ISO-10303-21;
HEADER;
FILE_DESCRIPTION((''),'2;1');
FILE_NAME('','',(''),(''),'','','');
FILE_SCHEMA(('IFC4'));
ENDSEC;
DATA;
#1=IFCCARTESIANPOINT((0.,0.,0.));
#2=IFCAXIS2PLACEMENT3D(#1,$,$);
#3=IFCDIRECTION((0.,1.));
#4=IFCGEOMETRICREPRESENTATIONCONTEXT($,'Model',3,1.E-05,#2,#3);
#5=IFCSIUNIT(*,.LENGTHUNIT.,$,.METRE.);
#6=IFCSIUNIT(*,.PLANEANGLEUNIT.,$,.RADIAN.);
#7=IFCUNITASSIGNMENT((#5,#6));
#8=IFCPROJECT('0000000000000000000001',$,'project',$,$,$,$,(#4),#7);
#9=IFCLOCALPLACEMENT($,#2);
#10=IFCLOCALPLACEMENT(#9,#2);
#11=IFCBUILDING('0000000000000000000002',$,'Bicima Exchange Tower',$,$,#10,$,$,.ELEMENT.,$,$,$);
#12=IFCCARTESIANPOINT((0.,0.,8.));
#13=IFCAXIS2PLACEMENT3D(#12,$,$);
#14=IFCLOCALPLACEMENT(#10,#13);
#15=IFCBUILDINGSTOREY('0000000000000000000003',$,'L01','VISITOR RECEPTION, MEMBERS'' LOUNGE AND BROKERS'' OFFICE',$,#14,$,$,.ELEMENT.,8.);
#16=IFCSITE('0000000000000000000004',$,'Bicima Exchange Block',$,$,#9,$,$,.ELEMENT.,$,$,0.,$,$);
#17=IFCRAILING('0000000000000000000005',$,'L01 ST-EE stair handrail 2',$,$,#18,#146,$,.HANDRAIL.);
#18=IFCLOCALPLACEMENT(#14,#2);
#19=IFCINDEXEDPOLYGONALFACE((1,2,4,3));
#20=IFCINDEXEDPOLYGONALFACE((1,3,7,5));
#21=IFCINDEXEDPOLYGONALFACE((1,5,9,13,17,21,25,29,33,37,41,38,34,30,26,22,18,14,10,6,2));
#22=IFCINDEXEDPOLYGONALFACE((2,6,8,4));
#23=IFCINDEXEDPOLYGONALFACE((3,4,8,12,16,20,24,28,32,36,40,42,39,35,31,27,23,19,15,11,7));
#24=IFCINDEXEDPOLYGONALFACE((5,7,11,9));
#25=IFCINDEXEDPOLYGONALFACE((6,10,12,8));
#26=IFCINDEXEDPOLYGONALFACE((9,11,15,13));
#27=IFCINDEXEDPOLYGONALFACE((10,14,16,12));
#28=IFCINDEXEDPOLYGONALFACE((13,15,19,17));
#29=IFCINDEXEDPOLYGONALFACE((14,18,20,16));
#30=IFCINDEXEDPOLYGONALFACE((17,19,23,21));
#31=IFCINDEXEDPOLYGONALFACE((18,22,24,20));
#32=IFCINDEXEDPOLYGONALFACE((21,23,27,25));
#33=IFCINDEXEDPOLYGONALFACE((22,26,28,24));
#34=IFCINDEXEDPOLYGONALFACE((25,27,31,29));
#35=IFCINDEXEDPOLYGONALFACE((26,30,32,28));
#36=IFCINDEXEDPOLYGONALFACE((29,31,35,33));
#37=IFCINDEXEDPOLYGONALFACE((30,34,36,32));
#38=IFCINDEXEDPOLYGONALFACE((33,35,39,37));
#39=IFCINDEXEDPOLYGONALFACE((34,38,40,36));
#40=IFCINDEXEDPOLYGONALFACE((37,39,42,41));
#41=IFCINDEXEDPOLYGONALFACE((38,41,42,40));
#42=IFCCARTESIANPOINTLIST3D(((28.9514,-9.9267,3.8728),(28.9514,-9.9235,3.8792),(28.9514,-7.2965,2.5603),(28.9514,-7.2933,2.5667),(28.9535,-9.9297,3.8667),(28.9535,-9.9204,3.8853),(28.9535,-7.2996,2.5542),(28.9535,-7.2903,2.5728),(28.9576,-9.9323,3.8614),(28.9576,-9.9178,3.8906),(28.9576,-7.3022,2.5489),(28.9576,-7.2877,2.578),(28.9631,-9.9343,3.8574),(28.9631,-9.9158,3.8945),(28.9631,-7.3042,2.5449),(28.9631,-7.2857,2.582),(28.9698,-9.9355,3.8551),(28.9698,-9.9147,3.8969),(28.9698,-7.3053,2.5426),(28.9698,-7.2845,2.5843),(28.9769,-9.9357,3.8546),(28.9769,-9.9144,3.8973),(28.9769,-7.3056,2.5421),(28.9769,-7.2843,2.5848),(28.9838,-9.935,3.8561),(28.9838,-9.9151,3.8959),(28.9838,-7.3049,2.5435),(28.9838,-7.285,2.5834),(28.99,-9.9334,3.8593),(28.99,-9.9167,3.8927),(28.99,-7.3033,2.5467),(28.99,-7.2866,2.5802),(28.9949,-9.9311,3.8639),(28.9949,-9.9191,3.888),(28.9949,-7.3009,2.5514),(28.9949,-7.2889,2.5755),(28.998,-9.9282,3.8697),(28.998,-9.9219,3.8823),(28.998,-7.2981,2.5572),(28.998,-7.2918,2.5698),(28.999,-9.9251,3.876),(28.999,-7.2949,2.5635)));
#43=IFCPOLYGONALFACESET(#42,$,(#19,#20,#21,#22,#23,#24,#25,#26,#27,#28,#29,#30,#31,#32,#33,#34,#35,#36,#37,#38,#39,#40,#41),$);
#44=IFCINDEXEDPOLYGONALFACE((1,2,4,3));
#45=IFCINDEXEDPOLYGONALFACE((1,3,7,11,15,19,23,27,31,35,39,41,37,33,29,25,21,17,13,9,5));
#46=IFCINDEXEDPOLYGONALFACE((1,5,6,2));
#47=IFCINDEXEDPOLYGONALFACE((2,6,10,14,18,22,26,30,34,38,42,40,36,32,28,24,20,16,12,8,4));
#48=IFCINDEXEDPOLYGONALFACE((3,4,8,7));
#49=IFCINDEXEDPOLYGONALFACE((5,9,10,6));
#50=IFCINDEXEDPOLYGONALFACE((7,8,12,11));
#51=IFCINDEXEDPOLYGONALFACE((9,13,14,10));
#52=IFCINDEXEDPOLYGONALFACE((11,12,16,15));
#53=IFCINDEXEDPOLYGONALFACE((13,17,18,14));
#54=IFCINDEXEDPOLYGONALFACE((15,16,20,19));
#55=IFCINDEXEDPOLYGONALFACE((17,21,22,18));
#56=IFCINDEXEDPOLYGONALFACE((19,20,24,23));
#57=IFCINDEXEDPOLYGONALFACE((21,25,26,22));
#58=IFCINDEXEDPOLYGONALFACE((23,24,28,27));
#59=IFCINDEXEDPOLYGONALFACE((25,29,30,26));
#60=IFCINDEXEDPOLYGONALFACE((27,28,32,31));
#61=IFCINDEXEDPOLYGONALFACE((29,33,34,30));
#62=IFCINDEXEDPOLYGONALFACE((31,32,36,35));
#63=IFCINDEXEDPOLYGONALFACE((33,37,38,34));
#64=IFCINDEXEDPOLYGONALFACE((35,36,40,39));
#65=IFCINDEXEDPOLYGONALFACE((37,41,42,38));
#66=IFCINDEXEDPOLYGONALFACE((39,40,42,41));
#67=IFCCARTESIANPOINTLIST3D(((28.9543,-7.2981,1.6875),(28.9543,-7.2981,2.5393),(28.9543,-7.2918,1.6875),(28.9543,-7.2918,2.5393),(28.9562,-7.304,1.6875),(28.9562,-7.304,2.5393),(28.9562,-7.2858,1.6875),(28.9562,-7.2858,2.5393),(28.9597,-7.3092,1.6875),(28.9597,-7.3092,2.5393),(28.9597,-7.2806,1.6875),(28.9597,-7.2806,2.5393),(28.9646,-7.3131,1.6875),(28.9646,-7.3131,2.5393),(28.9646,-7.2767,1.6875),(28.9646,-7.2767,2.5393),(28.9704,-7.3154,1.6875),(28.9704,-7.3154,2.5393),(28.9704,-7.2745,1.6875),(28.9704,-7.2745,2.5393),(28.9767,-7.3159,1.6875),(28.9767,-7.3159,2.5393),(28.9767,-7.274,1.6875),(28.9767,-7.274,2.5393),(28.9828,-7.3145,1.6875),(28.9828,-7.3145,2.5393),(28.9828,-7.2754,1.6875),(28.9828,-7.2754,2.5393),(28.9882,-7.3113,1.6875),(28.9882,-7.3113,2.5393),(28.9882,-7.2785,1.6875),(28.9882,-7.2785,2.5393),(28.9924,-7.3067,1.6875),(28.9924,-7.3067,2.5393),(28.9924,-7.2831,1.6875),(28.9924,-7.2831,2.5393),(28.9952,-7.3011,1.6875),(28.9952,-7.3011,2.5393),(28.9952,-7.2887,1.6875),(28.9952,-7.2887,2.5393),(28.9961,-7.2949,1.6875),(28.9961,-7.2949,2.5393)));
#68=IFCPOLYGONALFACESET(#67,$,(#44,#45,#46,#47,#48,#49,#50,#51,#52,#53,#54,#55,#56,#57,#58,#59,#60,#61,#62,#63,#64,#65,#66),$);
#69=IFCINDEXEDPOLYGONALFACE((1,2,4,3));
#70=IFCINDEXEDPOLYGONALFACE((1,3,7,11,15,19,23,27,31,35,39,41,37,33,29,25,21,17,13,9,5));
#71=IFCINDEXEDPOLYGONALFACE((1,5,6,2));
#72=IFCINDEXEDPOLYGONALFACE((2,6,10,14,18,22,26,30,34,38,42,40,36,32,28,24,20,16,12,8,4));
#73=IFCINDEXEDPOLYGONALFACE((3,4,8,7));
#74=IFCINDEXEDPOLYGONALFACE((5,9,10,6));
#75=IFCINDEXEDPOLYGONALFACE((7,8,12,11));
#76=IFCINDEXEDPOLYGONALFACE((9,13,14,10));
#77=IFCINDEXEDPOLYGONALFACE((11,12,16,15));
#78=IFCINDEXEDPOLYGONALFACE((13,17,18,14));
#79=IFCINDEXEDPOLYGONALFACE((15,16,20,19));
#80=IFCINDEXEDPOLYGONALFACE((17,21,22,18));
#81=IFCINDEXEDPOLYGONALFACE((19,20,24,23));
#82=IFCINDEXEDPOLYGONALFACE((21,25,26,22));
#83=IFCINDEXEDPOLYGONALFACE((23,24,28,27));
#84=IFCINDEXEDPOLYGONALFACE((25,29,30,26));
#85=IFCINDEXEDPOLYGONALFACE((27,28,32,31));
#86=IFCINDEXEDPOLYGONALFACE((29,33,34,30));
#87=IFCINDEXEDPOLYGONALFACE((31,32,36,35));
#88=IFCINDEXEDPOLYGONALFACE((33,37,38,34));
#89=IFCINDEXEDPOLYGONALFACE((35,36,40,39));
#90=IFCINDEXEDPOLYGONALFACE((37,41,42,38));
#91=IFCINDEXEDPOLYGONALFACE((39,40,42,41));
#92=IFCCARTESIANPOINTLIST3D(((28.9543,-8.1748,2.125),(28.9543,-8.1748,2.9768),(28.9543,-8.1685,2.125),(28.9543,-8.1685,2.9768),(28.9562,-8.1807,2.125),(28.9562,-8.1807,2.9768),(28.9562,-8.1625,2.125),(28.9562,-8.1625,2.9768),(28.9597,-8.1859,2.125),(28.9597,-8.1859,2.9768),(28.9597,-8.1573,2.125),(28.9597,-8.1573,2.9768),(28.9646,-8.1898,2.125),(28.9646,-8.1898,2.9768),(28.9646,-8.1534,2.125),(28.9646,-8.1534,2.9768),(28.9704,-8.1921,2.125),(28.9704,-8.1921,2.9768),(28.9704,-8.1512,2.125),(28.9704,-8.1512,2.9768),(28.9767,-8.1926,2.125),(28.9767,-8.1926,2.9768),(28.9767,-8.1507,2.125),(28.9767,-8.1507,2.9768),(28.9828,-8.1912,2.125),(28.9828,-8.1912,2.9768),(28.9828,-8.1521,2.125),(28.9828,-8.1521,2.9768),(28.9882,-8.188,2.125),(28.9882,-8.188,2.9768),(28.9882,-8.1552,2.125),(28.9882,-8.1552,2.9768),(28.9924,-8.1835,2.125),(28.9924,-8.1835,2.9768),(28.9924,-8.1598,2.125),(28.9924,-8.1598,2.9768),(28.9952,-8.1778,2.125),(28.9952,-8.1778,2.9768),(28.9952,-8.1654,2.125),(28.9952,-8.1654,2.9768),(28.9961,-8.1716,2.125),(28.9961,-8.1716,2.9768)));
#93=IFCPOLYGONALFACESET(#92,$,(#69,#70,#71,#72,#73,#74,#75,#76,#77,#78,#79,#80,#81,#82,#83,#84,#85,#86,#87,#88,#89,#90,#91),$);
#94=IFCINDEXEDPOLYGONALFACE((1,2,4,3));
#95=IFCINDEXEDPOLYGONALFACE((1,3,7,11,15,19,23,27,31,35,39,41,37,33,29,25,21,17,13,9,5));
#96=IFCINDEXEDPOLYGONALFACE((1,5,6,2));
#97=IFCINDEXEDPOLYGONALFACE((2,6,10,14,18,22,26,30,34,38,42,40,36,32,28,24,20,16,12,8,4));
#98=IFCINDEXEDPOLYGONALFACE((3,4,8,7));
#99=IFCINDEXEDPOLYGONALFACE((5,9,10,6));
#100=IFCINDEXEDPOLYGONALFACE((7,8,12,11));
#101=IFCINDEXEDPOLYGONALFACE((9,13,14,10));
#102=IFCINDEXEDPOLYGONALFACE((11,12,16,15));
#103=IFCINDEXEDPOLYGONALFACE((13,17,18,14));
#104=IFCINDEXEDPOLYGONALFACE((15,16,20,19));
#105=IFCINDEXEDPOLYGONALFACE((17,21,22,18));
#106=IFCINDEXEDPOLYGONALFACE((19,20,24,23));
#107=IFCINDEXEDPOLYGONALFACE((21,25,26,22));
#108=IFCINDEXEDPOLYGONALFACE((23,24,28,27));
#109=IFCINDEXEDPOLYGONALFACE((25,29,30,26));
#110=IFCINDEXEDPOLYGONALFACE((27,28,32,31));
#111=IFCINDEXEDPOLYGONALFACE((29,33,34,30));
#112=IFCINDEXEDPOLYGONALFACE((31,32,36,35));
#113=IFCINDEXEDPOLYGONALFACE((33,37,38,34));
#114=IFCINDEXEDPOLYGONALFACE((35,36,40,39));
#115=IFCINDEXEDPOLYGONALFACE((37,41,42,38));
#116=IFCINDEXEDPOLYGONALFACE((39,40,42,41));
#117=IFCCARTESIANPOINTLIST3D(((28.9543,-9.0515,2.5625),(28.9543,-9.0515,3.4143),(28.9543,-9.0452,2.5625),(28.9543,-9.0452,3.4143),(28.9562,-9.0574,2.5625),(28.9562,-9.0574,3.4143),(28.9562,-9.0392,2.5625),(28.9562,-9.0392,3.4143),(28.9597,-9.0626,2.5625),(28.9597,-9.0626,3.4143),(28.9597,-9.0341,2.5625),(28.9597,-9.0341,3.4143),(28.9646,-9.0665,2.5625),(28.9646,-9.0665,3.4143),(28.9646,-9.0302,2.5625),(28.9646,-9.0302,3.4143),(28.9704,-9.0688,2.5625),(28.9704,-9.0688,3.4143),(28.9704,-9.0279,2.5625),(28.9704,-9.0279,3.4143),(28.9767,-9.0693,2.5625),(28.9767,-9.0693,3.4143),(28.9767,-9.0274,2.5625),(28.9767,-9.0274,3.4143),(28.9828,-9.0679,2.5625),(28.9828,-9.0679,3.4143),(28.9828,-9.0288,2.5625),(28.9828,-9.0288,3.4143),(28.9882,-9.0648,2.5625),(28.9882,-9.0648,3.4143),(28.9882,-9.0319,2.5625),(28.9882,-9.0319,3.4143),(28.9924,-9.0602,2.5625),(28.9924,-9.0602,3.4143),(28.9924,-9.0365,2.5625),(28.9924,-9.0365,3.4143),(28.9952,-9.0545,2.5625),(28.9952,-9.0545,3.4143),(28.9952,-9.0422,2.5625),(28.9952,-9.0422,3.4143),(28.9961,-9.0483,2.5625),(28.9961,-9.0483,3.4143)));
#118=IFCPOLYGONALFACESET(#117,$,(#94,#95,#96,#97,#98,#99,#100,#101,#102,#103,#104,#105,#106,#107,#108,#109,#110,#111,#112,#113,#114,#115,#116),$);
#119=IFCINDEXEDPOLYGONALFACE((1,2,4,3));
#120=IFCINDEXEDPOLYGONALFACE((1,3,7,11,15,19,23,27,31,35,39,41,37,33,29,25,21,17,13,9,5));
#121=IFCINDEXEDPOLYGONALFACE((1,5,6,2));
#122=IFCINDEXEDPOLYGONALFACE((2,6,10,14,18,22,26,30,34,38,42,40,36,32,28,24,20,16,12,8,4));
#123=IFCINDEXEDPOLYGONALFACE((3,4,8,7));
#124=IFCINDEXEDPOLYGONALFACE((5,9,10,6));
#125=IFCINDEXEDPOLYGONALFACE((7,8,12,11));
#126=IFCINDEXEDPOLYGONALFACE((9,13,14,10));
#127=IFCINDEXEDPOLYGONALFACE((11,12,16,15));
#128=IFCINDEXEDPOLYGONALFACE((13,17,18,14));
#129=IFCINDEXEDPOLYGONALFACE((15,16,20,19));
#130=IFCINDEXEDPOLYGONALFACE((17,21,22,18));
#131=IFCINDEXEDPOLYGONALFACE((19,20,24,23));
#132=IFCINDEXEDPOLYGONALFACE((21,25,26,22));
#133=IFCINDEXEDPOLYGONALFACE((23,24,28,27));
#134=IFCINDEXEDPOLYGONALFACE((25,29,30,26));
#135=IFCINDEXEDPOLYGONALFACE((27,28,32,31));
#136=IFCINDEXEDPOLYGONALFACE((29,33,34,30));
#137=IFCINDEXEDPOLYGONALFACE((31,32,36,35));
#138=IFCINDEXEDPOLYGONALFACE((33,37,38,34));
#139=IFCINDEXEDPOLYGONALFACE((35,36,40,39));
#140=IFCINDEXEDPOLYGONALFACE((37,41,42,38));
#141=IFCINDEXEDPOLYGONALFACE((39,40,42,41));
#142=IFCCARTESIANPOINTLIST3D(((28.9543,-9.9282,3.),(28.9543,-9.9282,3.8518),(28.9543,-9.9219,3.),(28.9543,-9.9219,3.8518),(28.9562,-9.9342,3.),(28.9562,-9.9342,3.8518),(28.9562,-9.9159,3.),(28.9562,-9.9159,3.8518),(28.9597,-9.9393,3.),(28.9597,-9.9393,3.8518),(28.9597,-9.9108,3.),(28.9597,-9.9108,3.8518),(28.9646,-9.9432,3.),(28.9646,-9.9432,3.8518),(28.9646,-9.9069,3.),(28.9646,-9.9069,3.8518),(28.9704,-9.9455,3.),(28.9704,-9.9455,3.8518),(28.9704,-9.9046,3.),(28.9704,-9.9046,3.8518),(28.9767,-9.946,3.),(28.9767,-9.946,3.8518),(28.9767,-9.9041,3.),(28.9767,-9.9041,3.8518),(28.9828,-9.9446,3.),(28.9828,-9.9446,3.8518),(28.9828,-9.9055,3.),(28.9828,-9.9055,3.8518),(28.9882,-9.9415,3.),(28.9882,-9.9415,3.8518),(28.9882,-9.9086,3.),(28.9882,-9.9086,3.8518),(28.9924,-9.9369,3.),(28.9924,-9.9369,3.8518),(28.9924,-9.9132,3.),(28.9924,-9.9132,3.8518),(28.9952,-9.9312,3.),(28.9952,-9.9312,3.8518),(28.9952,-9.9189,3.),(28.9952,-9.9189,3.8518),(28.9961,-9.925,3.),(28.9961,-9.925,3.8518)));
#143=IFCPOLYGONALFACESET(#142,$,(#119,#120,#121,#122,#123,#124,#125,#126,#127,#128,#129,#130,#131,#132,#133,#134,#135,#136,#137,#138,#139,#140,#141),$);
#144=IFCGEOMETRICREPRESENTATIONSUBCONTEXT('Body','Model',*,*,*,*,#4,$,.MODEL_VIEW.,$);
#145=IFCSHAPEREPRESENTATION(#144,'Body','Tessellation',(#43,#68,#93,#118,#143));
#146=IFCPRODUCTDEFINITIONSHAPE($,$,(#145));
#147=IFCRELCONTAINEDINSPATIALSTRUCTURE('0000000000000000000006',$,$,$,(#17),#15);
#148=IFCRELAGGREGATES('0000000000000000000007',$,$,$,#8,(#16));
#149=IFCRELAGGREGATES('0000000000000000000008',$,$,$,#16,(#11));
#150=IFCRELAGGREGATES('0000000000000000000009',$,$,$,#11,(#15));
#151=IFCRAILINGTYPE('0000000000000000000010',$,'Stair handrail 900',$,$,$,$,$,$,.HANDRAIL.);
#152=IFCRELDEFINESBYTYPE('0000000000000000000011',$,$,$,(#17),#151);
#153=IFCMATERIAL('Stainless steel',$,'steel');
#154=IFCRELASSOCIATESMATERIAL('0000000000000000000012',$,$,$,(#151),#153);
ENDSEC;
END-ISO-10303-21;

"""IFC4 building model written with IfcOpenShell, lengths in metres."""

from ifc_helpers import new_model, si_unit, direction, frame, origin, origin_2d, place, context, subcontext, project, spatial, circle, extrude, material, type_object, element, save


model = new_model("IFC4")

# Units and contexts
model_context = context("Model", 3, precision=1e-05, world=origin(), true_north=direction((0.0, 1.0)))
body_context = subcontext(model_context, "Body", "Model", "MODEL_VIEW")
ifc_project = project(units=[si_unit("LENGTHUNIT", "METRE"), si_unit("PLANEANGLEUNIT", "RADIAN")], contexts=[model_context])

# Site, building, storey
site_placement = place(None, origin())
site = spatial("IfcSite", under=ifc_project, at=site_placement, Name="Bicima Exchange Block", CompositionType="ELEMENT", RefElevation=0.0)
building_placement = place(site_placement, origin())
building = spatial("IfcBuilding", under=site, at=building_placement, Name="Bicima Exchange Tower", CompositionType="ELEMENT")
storey_placement = place(building_placement, frame((0.0, 0.0, 8.0)))
storey = spatial("IfcBuildingStorey", under=building, at=storey_placement, Name="L01", Description="VISITOR RECEPTION, MEMBERS' LOUNGE AND BROKERS' OFFICE", CompositionType="ELEMENT", Elevation=8.0)

# Railing
ifc_material_1 = material(Name="Stainless steel", Category="steel")
railing_type_1 = type_object("IfcRailingType", Name="Stair handrail 900", PredefinedType="HANDRAIL", material=ifc_material_1)
railing_1_placement = place(storey_placement, frame((28.9751, -7.2949, 1.6875)))
element("IfcRailing", 1, at=railing_1_placement, inside=storey, type_object=railing_type_1, Name="L01 ST-EE stair handrail 2", PredefinedType="HANDRAIL", context=body_context, shape_type="SweptSolid", body=[
    extrude(circle(Radius=0.0239, at=origin_2d()), frame((0.0, 0.0, 0.876), z_axis=(0.0, -0.894776, 0.446516), x_axis=(1.0, 0.0, 0.0)), (0.0, 0.0, 1.0), 2.9395),
    extrude(circle(Radius=0.021, at=origin_2d()), origin(), (0.0, 0.0, 1.0), 0.8518),
    extrude(circle(Radius=0.021, at=origin_2d()), frame((0.0, -0.8767, 0.4375)), (0.0, 0.0, 1.0), 0.8518),
    extrude(circle(Radius=0.021, at=origin_2d()), frame((0.0, -1.7534, 0.875)), (0.0, 0.0, 1.0), 0.8518),
    extrude(circle(Radius=0.021, at=origin_2d()), frame((0.0, -2.6301, 1.3125)), (0.0, 0.0, 1.0), 0.8518),
])

save(model, "model.ifc")
